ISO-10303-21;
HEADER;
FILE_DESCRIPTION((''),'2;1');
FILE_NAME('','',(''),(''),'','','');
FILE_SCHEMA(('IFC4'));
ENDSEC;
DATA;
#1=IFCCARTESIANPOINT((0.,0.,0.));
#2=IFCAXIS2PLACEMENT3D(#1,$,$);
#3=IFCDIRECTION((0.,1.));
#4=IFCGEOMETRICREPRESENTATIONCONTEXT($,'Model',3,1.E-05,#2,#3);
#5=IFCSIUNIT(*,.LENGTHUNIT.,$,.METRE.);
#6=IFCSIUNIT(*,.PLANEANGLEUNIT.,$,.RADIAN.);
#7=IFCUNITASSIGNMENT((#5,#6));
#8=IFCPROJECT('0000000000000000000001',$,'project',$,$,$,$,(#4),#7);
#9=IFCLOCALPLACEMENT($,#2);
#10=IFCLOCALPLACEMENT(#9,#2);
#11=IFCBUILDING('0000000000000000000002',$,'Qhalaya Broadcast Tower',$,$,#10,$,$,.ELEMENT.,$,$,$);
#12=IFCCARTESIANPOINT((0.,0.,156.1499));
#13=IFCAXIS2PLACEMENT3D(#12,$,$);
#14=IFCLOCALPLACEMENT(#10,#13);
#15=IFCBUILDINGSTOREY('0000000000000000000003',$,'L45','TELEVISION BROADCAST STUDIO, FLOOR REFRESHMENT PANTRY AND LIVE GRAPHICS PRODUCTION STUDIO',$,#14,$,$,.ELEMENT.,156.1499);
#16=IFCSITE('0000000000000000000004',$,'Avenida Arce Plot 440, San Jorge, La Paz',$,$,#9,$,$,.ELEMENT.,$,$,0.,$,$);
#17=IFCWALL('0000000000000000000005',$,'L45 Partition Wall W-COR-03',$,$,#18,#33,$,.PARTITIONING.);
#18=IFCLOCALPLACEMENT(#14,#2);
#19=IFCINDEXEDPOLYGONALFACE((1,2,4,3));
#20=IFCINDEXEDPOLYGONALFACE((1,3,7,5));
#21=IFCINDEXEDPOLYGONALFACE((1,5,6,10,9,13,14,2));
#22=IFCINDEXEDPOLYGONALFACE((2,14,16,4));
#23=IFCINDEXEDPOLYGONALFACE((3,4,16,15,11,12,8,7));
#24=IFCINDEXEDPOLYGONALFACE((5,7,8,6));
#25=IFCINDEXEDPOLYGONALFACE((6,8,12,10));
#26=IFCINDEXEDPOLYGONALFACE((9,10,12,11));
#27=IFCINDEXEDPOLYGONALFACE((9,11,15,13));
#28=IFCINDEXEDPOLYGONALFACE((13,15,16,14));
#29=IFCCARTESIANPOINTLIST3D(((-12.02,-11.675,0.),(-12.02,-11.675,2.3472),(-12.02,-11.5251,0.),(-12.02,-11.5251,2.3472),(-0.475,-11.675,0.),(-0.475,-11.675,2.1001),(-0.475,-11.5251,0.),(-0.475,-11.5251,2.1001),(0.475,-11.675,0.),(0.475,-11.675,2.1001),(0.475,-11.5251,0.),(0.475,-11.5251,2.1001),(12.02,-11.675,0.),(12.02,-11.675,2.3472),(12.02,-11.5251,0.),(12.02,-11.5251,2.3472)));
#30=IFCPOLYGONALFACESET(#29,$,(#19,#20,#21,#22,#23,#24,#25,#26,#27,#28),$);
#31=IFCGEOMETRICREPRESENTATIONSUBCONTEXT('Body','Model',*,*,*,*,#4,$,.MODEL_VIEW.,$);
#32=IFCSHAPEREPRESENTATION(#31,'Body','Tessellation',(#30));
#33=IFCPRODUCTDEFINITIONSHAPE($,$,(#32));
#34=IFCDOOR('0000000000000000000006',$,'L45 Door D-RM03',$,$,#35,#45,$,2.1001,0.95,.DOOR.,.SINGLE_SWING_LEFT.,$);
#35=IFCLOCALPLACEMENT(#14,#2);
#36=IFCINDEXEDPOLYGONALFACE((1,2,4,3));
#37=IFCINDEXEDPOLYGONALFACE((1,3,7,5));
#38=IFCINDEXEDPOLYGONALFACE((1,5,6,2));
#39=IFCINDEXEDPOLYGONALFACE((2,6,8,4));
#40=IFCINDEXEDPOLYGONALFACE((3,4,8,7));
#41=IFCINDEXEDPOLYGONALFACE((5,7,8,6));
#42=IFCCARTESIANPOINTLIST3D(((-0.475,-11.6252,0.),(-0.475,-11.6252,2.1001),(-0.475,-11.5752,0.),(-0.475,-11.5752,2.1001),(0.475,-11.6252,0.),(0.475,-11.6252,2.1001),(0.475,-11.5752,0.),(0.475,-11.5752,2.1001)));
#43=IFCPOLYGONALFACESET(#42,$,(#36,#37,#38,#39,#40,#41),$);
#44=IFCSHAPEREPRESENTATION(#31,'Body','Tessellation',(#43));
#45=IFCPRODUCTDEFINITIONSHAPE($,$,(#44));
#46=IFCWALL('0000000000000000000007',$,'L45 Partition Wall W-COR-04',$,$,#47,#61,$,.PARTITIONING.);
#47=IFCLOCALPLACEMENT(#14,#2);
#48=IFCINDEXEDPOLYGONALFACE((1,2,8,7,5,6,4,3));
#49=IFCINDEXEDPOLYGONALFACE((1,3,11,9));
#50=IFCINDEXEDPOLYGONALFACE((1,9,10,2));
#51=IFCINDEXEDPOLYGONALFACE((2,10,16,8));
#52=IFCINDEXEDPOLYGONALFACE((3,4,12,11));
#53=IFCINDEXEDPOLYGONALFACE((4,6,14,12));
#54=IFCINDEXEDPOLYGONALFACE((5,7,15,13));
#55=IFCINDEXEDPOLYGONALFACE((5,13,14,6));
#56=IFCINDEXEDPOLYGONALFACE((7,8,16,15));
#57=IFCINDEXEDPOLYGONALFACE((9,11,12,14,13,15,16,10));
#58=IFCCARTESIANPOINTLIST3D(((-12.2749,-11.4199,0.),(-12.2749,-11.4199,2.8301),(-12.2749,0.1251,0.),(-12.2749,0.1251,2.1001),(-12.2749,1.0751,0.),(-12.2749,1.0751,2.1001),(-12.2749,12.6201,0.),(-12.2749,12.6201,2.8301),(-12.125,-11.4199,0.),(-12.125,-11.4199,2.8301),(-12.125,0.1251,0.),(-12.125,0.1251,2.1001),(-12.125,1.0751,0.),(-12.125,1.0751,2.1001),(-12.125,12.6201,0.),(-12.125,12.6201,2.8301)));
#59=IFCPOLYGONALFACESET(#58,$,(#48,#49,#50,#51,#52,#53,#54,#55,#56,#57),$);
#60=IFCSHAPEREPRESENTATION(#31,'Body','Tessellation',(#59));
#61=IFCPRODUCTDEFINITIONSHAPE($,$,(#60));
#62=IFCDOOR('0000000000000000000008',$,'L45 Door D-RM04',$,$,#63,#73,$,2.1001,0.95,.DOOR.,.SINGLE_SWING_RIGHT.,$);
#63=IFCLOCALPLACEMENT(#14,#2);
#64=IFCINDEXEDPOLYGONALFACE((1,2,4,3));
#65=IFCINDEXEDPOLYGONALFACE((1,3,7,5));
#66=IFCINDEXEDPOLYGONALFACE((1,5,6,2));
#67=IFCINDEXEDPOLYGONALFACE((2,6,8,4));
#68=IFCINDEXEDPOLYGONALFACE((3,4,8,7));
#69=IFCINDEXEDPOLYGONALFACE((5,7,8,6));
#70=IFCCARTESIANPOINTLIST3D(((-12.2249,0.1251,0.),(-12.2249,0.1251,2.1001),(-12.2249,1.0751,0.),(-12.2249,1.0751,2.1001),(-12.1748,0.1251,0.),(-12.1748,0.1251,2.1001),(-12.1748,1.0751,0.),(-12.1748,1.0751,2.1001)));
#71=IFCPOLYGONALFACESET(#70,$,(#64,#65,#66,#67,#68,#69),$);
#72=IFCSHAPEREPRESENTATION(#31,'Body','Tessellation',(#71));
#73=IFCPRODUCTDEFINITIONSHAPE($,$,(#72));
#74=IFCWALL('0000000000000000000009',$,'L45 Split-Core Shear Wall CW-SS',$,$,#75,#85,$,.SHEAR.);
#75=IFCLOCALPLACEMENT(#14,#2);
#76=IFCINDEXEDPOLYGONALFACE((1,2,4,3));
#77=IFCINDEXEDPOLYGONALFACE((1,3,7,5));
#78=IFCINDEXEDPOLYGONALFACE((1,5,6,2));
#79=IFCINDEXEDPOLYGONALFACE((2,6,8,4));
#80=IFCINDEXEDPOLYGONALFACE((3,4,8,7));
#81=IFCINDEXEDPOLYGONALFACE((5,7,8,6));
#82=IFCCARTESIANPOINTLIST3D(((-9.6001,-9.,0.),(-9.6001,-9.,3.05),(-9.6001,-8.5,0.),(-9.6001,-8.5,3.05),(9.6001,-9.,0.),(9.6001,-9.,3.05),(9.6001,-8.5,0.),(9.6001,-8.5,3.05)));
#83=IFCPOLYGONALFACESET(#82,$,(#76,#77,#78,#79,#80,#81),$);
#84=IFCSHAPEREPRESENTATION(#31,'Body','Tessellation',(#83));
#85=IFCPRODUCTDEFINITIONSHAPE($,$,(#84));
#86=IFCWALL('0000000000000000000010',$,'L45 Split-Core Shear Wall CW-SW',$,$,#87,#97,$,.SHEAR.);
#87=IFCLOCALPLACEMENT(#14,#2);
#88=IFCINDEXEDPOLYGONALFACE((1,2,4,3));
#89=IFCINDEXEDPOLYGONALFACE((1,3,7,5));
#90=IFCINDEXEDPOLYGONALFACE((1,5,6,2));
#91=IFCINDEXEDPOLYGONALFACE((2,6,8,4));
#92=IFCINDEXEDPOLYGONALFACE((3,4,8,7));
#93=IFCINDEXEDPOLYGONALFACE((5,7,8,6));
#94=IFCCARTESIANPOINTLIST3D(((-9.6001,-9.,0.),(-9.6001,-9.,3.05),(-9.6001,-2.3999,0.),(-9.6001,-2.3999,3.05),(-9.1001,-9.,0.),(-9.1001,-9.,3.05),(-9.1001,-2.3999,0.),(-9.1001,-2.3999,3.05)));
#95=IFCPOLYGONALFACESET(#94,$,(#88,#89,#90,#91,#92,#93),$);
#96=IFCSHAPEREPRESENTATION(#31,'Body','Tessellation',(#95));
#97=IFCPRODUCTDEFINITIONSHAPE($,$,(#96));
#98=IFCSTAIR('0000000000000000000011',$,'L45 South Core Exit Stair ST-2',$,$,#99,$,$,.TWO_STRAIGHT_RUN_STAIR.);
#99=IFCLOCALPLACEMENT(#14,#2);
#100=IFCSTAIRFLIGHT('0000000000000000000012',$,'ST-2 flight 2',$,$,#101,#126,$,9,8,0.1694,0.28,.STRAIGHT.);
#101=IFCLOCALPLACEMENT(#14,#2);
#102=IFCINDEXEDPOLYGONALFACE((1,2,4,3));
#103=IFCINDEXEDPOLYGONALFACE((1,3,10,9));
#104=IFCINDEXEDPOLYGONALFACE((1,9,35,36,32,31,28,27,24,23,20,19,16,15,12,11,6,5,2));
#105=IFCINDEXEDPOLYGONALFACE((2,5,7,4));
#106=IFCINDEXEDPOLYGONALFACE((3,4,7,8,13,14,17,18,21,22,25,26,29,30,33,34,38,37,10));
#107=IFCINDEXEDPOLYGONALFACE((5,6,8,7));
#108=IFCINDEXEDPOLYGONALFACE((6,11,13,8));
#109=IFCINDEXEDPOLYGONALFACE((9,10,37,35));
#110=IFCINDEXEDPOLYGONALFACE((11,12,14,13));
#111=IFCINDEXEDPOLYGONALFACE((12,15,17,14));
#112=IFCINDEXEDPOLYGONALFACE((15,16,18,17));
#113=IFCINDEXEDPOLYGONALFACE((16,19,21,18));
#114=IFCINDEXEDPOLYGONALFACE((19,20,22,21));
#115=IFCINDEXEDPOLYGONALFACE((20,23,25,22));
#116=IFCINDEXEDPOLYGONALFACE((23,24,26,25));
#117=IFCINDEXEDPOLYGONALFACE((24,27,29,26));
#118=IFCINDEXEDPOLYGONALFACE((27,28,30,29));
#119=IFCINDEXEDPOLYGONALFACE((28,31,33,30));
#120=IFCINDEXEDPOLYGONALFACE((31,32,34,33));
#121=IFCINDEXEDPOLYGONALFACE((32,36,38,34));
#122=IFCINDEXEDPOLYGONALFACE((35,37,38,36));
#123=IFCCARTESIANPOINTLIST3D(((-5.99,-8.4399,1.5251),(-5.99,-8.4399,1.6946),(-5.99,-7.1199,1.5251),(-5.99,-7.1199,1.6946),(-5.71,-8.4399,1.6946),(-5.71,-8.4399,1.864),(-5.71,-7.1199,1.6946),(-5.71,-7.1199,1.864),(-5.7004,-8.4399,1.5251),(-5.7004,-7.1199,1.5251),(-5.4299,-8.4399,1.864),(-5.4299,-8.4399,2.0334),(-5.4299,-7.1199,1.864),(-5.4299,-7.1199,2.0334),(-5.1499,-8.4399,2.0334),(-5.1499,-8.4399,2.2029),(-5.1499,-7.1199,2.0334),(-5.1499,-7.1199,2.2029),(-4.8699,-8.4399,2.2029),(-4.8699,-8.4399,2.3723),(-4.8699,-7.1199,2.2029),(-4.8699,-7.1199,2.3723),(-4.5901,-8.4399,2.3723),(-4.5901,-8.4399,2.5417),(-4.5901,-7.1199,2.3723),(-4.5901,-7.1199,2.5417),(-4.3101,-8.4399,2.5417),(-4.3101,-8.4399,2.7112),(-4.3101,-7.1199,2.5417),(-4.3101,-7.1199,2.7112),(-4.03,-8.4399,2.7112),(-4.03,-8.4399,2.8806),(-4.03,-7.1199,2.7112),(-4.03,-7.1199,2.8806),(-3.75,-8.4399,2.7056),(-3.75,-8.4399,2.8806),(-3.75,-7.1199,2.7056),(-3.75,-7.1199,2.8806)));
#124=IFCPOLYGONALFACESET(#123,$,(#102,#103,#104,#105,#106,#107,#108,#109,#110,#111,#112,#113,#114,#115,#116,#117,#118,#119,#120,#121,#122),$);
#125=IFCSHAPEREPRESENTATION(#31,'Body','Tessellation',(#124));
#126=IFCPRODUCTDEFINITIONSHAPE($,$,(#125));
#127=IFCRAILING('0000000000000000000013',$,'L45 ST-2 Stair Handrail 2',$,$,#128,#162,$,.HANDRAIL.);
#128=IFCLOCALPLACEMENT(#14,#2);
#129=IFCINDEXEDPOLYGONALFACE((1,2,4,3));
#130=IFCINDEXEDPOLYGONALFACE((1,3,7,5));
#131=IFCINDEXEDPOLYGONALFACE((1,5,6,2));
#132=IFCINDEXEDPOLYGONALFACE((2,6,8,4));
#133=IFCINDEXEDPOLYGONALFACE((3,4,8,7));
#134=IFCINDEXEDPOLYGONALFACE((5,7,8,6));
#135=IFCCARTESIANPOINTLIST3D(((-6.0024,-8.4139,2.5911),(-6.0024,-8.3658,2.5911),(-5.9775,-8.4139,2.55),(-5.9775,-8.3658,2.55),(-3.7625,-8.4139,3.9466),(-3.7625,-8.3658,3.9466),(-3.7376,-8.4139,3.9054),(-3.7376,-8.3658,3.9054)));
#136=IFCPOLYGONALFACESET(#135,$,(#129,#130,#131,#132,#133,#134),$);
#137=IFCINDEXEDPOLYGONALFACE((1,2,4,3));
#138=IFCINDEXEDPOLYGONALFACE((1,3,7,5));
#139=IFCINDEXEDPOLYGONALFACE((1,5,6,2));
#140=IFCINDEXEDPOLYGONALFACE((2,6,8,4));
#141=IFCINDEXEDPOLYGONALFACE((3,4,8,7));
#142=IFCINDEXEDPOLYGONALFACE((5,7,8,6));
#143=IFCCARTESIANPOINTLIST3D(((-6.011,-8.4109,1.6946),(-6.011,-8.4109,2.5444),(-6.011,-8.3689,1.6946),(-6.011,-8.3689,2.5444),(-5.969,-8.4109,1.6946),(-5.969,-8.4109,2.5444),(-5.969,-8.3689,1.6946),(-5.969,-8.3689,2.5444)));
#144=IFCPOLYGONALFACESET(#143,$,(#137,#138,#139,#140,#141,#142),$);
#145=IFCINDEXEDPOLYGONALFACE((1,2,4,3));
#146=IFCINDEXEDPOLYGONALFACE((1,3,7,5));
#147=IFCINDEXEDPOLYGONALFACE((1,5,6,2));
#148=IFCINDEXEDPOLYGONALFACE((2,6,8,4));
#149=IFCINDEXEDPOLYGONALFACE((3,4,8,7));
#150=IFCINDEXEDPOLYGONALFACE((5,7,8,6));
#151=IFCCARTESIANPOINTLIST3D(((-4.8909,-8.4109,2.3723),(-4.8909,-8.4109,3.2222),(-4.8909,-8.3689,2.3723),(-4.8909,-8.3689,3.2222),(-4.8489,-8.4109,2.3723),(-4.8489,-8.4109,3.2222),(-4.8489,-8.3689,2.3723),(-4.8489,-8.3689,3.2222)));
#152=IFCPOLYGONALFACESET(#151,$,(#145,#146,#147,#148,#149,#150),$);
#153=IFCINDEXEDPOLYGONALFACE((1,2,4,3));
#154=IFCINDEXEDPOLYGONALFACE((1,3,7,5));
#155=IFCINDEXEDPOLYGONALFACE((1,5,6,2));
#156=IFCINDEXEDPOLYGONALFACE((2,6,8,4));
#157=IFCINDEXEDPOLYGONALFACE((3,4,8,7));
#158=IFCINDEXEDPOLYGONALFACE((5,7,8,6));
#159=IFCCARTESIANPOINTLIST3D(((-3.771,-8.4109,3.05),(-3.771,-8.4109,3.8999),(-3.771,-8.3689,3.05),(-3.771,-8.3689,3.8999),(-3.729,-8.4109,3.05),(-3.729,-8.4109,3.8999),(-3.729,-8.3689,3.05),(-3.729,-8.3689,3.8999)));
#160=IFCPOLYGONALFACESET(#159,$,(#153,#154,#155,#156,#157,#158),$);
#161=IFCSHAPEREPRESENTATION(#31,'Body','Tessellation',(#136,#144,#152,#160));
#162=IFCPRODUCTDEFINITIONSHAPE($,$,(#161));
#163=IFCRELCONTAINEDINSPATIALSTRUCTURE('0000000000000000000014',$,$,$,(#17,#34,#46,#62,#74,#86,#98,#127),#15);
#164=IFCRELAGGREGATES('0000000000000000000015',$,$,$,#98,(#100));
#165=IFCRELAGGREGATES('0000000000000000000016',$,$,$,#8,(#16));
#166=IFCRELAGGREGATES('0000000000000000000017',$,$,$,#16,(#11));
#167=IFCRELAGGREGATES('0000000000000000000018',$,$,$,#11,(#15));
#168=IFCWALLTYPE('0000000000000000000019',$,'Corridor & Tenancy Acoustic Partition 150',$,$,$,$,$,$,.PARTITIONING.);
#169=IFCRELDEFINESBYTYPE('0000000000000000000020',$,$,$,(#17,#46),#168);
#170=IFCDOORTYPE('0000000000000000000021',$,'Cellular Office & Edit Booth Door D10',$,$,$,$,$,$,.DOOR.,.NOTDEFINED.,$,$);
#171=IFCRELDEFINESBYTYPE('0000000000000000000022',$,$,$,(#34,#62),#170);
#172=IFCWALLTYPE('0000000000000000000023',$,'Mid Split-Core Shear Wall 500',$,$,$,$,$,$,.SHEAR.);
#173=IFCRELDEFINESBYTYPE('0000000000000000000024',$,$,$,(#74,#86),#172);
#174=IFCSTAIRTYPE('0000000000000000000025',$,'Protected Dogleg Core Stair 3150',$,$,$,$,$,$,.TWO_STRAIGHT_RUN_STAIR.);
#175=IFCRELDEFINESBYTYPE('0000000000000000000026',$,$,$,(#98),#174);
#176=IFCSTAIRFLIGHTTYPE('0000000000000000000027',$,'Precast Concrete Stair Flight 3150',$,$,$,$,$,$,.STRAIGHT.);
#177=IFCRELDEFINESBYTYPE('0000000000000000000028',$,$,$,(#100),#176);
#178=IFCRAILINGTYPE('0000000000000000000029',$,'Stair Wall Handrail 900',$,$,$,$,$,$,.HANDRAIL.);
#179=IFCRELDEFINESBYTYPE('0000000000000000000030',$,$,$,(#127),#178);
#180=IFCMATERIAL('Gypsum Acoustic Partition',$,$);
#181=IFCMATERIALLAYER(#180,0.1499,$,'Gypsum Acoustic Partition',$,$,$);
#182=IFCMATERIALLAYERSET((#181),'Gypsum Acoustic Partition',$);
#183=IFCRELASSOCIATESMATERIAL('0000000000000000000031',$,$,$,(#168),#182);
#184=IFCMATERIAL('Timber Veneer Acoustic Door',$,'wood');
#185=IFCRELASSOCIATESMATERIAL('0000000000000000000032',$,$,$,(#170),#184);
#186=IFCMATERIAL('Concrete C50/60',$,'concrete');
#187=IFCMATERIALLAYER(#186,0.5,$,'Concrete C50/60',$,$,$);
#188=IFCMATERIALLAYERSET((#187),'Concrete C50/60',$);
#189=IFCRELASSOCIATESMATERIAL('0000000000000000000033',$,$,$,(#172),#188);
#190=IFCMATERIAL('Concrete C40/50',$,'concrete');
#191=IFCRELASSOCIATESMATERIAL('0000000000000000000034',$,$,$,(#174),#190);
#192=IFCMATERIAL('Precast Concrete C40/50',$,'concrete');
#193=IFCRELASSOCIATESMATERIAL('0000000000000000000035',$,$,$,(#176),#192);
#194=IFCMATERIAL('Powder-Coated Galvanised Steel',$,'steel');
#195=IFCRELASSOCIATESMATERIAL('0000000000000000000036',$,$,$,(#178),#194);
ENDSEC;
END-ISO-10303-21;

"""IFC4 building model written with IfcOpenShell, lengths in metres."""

from ifc_helpers import new_model, si_unit, direction, frame, frame_2d, origin, origin_2d, place, context, subcontext, project, spatial, polyline, rectangle, outline, extrude, material, layer, layer_set, type_object, element, fill, aggregate, save


model = new_model("IFC4")

# Units and contexts
model_context = context("Model", 3, precision=1e-05, world=origin(), true_north=direction((0.0, 1.0)))
body_context = subcontext(model_context, "Body", "Model", "MODEL_VIEW")
ifc_project = project(units=[si_unit("LENGTHUNIT", "METRE"), si_unit("PLANEANGLEUNIT", "RADIAN")], contexts=[model_context])

# Site, building, storey
site_placement = place(None, origin())
site = spatial("IfcSite", under=ifc_project, at=site_placement, Name="Avenida Arce Plot 440, San Jorge, La Paz", CompositionType="ELEMENT", RefElevation=0.0)
building_placement = place(site_placement, origin())
building = spatial("IfcBuilding", under=site, at=building_placement, Name="Qhalaya Broadcast Tower", CompositionType="ELEMENT")
storey_placement = place(building_placement, frame((0.0, 0.0, 156.1499)))
storey = spatial("IfcBuildingStorey", under=building, at=storey_placement, Name="L45", Description="TELEVISION BROADCAST STUDIO, FLOOR REFRESHMENT PANTRY AND LIVE GRAPHICS PRODUCTION STUDIO", CompositionType="ELEMENT", Elevation=156.1499)

# Walls, openings, doors
ifc_material_1 = material(Name="Gypsum Acoustic Partition")
ifc_layer_1 = layer(ifc_material_1, 0.1499, Name="Gypsum Acoustic Partition")
ifc_layer_set_1 = layer_set([ifc_layer_1], Name="Gypsum Acoustic Partition")
wall_type_1 = type_object("IfcWallType", Name="Corridor & Tenancy Acoustic Partition 150", PredefinedType="PARTITIONING", material=ifc_layer_set_1)
wall_1_placement = place(storey_placement, frame((-12.02, -11.6001, 0.0), z_axis=(0.0, 0.0, 1.0), x_axis=(1.0, 0.0, 0.0)))
wall_1 = element("IfcWall", 1, at=wall_1_placement, inside=storey, type_object=wall_type_1, Name="L45 Partition Wall W-COR-03", PredefinedType="PARTITIONING", context=body_context, shape_type="SweptSolid", body=[
    extrude(rectangle(XDim=24.04, YDim=0.1499, at=frame_2d((12.02, 0.0))), origin(), (0.0, 0.0, 1.0), 2.3472),
])
opening_1_placement = place(wall_1_placement, frame((11.5449, 0.0, 0.0)))
opening_1 = element("IfcOpeningElement", 2, at=opening_1_placement, cuts=wall_1, PredefinedType="OPENING", context=body_context, shape_type="SweptSolid", body=[
    extrude(rectangle(XDim=0.95, YDim=2.1001, at=frame_2d((0.4751, 1.05))), frame((0.0, 0.0869, 0.0), z_axis=(0.0, -1.0, 0.0), x_axis=(1.0, 0.0, 0.0)), (0.0, 0.0, 1.0), 0.1738),
])
ifc_material_2 = material(Name="Timber Veneer Acoustic Door", Category="wood")
door_type = type_object("IfcDoorType", Name="Cellular Office & Edit Booth Door D10", OperationType="NOTDEFINED", PredefinedType="DOOR", material=ifc_material_2)
door_1_placement = place(opening_1_placement, origin())
door_1 = element("IfcDoor", 3, at=door_1_placement, inside=storey, type_object=door_type, Name="L45 Door D-RM03", OperationType="SINGLE_SWING_LEFT", OverallHeight=2.1001, OverallWidth=0.95, PredefinedType="DOOR", context=body_context, shape_type="SweptSolid", body=[
    extrude(rectangle(XDim=0.95, YDim=2.1001, at=frame_2d((0.4751, 1.05))), frame((0.0, 0.0249, 0.0), z_axis=(0.0, -1.0, 0.0), x_axis=(1.0, 0.0, 0.0)), (0.0, 0.0, 1.0), 0.05),
])
fill(opening_1, door_1)
wall_2_placement = place(storey_placement, frame((-12.2, -11.4199, 0.0), z_axis=(0.0, 0.0, 1.0), x_axis=(0.0, 1.0, 0.0)))
wall_2 = element("IfcWall", 4, at=wall_2_placement, inside=storey, type_object=wall_type_1, Name="L45 Partition Wall W-COR-04", PredefinedType="PARTITIONING", context=body_context, shape_type="SweptSolid", body=[
    extrude(rectangle(XDim=24.04, YDim=0.1499, at=frame_2d((12.02, 0.0))), origin(), (0.0, 0.0, 1.0), 2.8301),
])
opening_2_placement = place(wall_2_placement, frame((11.5449, 0.0, 0.0)))
opening_2 = element("IfcOpeningElement", 5, at=opening_2_placement, cuts=wall_2, PredefinedType="OPENING", context=body_context, shape_type="SweptSolid", body=[
    extrude(rectangle(XDim=0.95, YDim=2.1001, at=frame_2d((0.4751, 1.05))), frame((0.0, 0.0869, 0.0), z_axis=(0.0, -1.0, 0.0), x_axis=(1.0, 0.0, 0.0)), (0.0, 0.0, 1.0), 0.1738),
])
door_2_placement = place(opening_2_placement, origin())
door_2 = element("IfcDoor", 6, at=door_2_placement, inside=storey, type_object=door_type, Name="L45 Door D-RM04", OperationType="SINGLE_SWING_RIGHT", OverallHeight=2.1001, OverallWidth=0.95, PredefinedType="DOOR", context=body_context, shape_type="SweptSolid", body=[
    extrude(rectangle(XDim=0.95, YDim=2.1001, at=frame_2d((0.4751, 1.05))), frame((0.0, 0.0249, 0.0), z_axis=(0.0, -1.0, 0.0), x_axis=(1.0, 0.0, 0.0)), (0.0, 0.0, 1.0), 0.05),
])
fill(opening_2, door_2)

# Walls
ifc_material_3 = material(Name="Concrete C50/60", Category="concrete")
ifc_layer_2 = layer(ifc_material_3, 0.5, Name="Concrete C50/60")
ifc_layer_set_2 = layer_set([ifc_layer_2], Name="Concrete C50/60")
wall_type_2 = type_object("IfcWallType", Name="Mid Split-Core Shear Wall 500", PredefinedType="SHEAR", material=ifc_layer_set_2)
wall_3_placement = place(storey_placement, frame((-9.6001, -8.75, 0.0), z_axis=(0.0, 0.0, 1.0), x_axis=(1.0, 0.0, 0.0)))
element("IfcWall", 7, at=wall_3_placement, inside=storey, type_object=wall_type_2, Name="L45 Split-Core Shear Wall CW-SS", PredefinedType="SHEAR", context=body_context, shape_type="SweptSolid", body=[
    extrude(rectangle(XDim=19.2002, YDim=0.5, at=frame_2d((9.6001, 0.0))), origin(), (0.0, 0.0, 1.0), 3.05),
])
wall_4_placement = place(storey_placement, frame((-9.3501, -9.0, 0.0), z_axis=(0.0, 0.0, 1.0), x_axis=(0.0, 1.0, 0.0)))
element("IfcWall", 8, at=wall_4_placement, inside=storey, type_object=wall_type_2, Name="L45 Split-Core Shear Wall CW-SW", PredefinedType="SHEAR", context=body_context, shape_type="SweptSolid", body=[
    extrude(rectangle(XDim=6.6001, YDim=0.5, at=frame_2d((3.3, 0.0))), origin(), (0.0, 0.0, 1.0), 3.05),
])

# Stair, stair flight
ifc_material_4 = material(Name="Concrete C40/50", Category="concrete")
stair_type = type_object("IfcStairType", Name="Protected Dogleg Core Stair 3150", PredefinedType="TWO_STRAIGHT_RUN_STAIR", material=ifc_material_4)
stair_placement = place(storey_placement, origin())
stair = element("IfcStair", 9, at=stair_placement, inside=storey, type_object=stair_type, Name="L45 South Core Exit Stair ST-2", PredefinedType="TWO_STRAIGHT_RUN_STAIR")
ifc_material_5 = material(Name="Precast Concrete C40/50", Category="concrete")
stair_flight_type = type_object("IfcStairFlightType", Name="Precast Concrete Stair Flight 3150", PredefinedType="STRAIGHT", material=ifc_material_5)
stair_flight_placement = place(storey_placement, frame((-5.99, -7.78, 1.5251), z_axis=(0.0, 0.0, 1.0), x_axis=(1.0, 0.0, 0.0)))
stair_flight = element("IfcStairFlight", 10, at=stair_flight_placement, type_object=stair_flight_type, Name="ST-2 flight 2", NumberOfRisers=9, NumberOfTreads=8, PredefinedType="STRAIGHT", RiserHeight=0.1694, TreadLength=0.28, context=body_context, shape_type="SweptSolid", body=[
    extrude(outline(polyline([(0.0, 0.0), (0.0, 0.1694), (0.28, 0.1694), (0.28, 0.3389), (0.5601, 0.3389), (0.5601, 0.5083), (0.8401, 0.5083), (0.8401, 0.6777), (1.1201, 0.6777), (1.1201, 0.8472), (1.3999, 0.8472), (1.3999, 1.0166), (1.6799, 1.0166), (1.6799, 1.186), (1.96, 1.186), (1.96, 1.3555), (2.24, 1.3555), (2.24, 1.5249), (2.24, 1.1804), (0.2896, 0.0), (0.0, 0.0)])), frame((0.0, 0.6602, 0.0), z_axis=(0.0, -1.0, 0.0), x_axis=(1.0, 0.0, 0.0)), (0.0, 0.0, 1.0), 1.3201),
])
aggregate(stair, [stair_flight])

# Railing
ifc_material_6 = material(Name="Powder-Coated Galvanised Steel", Category="steel")
railing_type = type_object("IfcRailingType", Name="Stair Wall Handrail 900", PredefinedType="HANDRAIL", material=ifc_material_6)
railing_placement = place(storey_placement, frame((-5.99, -8.3899, 1.6946)))
element("IfcRailing", 11, at=railing_placement, inside=storey, type_object=railing_type, Name="L45 ST-2 Stair Handrail 2", PredefinedType="HANDRAIL", context=body_context, shape_type="SweptSolid", body=[
    extrude(rectangle(XDim=0.0481, YDim=0.0481, at=origin_2d()), frame((0.0, 0.0, 0.876), z_axis=(0.855553, 0.0, 0.517715), x_axis=(0.0, 1.0, 0.0)), (0.0, 0.0, 1.0), 2.6182),
    extrude(rectangle(XDim=0.042, YDim=0.042, at=origin_2d()), origin(), (0.0, 0.0, 1.0), 0.8499),
    extrude(rectangle(XDim=0.042, YDim=0.042, at=origin_2d()), frame((1.1201, 0.0, 0.6777)), (0.0, 0.0, 1.0), 0.8499),
    extrude(rectangle(XDim=0.042, YDim=0.042, at=origin_2d()), frame((2.24, 0.0, 1.3555)), (0.0, 0.0, 1.0), 0.8499),
])

save(model, "model.ifc")
